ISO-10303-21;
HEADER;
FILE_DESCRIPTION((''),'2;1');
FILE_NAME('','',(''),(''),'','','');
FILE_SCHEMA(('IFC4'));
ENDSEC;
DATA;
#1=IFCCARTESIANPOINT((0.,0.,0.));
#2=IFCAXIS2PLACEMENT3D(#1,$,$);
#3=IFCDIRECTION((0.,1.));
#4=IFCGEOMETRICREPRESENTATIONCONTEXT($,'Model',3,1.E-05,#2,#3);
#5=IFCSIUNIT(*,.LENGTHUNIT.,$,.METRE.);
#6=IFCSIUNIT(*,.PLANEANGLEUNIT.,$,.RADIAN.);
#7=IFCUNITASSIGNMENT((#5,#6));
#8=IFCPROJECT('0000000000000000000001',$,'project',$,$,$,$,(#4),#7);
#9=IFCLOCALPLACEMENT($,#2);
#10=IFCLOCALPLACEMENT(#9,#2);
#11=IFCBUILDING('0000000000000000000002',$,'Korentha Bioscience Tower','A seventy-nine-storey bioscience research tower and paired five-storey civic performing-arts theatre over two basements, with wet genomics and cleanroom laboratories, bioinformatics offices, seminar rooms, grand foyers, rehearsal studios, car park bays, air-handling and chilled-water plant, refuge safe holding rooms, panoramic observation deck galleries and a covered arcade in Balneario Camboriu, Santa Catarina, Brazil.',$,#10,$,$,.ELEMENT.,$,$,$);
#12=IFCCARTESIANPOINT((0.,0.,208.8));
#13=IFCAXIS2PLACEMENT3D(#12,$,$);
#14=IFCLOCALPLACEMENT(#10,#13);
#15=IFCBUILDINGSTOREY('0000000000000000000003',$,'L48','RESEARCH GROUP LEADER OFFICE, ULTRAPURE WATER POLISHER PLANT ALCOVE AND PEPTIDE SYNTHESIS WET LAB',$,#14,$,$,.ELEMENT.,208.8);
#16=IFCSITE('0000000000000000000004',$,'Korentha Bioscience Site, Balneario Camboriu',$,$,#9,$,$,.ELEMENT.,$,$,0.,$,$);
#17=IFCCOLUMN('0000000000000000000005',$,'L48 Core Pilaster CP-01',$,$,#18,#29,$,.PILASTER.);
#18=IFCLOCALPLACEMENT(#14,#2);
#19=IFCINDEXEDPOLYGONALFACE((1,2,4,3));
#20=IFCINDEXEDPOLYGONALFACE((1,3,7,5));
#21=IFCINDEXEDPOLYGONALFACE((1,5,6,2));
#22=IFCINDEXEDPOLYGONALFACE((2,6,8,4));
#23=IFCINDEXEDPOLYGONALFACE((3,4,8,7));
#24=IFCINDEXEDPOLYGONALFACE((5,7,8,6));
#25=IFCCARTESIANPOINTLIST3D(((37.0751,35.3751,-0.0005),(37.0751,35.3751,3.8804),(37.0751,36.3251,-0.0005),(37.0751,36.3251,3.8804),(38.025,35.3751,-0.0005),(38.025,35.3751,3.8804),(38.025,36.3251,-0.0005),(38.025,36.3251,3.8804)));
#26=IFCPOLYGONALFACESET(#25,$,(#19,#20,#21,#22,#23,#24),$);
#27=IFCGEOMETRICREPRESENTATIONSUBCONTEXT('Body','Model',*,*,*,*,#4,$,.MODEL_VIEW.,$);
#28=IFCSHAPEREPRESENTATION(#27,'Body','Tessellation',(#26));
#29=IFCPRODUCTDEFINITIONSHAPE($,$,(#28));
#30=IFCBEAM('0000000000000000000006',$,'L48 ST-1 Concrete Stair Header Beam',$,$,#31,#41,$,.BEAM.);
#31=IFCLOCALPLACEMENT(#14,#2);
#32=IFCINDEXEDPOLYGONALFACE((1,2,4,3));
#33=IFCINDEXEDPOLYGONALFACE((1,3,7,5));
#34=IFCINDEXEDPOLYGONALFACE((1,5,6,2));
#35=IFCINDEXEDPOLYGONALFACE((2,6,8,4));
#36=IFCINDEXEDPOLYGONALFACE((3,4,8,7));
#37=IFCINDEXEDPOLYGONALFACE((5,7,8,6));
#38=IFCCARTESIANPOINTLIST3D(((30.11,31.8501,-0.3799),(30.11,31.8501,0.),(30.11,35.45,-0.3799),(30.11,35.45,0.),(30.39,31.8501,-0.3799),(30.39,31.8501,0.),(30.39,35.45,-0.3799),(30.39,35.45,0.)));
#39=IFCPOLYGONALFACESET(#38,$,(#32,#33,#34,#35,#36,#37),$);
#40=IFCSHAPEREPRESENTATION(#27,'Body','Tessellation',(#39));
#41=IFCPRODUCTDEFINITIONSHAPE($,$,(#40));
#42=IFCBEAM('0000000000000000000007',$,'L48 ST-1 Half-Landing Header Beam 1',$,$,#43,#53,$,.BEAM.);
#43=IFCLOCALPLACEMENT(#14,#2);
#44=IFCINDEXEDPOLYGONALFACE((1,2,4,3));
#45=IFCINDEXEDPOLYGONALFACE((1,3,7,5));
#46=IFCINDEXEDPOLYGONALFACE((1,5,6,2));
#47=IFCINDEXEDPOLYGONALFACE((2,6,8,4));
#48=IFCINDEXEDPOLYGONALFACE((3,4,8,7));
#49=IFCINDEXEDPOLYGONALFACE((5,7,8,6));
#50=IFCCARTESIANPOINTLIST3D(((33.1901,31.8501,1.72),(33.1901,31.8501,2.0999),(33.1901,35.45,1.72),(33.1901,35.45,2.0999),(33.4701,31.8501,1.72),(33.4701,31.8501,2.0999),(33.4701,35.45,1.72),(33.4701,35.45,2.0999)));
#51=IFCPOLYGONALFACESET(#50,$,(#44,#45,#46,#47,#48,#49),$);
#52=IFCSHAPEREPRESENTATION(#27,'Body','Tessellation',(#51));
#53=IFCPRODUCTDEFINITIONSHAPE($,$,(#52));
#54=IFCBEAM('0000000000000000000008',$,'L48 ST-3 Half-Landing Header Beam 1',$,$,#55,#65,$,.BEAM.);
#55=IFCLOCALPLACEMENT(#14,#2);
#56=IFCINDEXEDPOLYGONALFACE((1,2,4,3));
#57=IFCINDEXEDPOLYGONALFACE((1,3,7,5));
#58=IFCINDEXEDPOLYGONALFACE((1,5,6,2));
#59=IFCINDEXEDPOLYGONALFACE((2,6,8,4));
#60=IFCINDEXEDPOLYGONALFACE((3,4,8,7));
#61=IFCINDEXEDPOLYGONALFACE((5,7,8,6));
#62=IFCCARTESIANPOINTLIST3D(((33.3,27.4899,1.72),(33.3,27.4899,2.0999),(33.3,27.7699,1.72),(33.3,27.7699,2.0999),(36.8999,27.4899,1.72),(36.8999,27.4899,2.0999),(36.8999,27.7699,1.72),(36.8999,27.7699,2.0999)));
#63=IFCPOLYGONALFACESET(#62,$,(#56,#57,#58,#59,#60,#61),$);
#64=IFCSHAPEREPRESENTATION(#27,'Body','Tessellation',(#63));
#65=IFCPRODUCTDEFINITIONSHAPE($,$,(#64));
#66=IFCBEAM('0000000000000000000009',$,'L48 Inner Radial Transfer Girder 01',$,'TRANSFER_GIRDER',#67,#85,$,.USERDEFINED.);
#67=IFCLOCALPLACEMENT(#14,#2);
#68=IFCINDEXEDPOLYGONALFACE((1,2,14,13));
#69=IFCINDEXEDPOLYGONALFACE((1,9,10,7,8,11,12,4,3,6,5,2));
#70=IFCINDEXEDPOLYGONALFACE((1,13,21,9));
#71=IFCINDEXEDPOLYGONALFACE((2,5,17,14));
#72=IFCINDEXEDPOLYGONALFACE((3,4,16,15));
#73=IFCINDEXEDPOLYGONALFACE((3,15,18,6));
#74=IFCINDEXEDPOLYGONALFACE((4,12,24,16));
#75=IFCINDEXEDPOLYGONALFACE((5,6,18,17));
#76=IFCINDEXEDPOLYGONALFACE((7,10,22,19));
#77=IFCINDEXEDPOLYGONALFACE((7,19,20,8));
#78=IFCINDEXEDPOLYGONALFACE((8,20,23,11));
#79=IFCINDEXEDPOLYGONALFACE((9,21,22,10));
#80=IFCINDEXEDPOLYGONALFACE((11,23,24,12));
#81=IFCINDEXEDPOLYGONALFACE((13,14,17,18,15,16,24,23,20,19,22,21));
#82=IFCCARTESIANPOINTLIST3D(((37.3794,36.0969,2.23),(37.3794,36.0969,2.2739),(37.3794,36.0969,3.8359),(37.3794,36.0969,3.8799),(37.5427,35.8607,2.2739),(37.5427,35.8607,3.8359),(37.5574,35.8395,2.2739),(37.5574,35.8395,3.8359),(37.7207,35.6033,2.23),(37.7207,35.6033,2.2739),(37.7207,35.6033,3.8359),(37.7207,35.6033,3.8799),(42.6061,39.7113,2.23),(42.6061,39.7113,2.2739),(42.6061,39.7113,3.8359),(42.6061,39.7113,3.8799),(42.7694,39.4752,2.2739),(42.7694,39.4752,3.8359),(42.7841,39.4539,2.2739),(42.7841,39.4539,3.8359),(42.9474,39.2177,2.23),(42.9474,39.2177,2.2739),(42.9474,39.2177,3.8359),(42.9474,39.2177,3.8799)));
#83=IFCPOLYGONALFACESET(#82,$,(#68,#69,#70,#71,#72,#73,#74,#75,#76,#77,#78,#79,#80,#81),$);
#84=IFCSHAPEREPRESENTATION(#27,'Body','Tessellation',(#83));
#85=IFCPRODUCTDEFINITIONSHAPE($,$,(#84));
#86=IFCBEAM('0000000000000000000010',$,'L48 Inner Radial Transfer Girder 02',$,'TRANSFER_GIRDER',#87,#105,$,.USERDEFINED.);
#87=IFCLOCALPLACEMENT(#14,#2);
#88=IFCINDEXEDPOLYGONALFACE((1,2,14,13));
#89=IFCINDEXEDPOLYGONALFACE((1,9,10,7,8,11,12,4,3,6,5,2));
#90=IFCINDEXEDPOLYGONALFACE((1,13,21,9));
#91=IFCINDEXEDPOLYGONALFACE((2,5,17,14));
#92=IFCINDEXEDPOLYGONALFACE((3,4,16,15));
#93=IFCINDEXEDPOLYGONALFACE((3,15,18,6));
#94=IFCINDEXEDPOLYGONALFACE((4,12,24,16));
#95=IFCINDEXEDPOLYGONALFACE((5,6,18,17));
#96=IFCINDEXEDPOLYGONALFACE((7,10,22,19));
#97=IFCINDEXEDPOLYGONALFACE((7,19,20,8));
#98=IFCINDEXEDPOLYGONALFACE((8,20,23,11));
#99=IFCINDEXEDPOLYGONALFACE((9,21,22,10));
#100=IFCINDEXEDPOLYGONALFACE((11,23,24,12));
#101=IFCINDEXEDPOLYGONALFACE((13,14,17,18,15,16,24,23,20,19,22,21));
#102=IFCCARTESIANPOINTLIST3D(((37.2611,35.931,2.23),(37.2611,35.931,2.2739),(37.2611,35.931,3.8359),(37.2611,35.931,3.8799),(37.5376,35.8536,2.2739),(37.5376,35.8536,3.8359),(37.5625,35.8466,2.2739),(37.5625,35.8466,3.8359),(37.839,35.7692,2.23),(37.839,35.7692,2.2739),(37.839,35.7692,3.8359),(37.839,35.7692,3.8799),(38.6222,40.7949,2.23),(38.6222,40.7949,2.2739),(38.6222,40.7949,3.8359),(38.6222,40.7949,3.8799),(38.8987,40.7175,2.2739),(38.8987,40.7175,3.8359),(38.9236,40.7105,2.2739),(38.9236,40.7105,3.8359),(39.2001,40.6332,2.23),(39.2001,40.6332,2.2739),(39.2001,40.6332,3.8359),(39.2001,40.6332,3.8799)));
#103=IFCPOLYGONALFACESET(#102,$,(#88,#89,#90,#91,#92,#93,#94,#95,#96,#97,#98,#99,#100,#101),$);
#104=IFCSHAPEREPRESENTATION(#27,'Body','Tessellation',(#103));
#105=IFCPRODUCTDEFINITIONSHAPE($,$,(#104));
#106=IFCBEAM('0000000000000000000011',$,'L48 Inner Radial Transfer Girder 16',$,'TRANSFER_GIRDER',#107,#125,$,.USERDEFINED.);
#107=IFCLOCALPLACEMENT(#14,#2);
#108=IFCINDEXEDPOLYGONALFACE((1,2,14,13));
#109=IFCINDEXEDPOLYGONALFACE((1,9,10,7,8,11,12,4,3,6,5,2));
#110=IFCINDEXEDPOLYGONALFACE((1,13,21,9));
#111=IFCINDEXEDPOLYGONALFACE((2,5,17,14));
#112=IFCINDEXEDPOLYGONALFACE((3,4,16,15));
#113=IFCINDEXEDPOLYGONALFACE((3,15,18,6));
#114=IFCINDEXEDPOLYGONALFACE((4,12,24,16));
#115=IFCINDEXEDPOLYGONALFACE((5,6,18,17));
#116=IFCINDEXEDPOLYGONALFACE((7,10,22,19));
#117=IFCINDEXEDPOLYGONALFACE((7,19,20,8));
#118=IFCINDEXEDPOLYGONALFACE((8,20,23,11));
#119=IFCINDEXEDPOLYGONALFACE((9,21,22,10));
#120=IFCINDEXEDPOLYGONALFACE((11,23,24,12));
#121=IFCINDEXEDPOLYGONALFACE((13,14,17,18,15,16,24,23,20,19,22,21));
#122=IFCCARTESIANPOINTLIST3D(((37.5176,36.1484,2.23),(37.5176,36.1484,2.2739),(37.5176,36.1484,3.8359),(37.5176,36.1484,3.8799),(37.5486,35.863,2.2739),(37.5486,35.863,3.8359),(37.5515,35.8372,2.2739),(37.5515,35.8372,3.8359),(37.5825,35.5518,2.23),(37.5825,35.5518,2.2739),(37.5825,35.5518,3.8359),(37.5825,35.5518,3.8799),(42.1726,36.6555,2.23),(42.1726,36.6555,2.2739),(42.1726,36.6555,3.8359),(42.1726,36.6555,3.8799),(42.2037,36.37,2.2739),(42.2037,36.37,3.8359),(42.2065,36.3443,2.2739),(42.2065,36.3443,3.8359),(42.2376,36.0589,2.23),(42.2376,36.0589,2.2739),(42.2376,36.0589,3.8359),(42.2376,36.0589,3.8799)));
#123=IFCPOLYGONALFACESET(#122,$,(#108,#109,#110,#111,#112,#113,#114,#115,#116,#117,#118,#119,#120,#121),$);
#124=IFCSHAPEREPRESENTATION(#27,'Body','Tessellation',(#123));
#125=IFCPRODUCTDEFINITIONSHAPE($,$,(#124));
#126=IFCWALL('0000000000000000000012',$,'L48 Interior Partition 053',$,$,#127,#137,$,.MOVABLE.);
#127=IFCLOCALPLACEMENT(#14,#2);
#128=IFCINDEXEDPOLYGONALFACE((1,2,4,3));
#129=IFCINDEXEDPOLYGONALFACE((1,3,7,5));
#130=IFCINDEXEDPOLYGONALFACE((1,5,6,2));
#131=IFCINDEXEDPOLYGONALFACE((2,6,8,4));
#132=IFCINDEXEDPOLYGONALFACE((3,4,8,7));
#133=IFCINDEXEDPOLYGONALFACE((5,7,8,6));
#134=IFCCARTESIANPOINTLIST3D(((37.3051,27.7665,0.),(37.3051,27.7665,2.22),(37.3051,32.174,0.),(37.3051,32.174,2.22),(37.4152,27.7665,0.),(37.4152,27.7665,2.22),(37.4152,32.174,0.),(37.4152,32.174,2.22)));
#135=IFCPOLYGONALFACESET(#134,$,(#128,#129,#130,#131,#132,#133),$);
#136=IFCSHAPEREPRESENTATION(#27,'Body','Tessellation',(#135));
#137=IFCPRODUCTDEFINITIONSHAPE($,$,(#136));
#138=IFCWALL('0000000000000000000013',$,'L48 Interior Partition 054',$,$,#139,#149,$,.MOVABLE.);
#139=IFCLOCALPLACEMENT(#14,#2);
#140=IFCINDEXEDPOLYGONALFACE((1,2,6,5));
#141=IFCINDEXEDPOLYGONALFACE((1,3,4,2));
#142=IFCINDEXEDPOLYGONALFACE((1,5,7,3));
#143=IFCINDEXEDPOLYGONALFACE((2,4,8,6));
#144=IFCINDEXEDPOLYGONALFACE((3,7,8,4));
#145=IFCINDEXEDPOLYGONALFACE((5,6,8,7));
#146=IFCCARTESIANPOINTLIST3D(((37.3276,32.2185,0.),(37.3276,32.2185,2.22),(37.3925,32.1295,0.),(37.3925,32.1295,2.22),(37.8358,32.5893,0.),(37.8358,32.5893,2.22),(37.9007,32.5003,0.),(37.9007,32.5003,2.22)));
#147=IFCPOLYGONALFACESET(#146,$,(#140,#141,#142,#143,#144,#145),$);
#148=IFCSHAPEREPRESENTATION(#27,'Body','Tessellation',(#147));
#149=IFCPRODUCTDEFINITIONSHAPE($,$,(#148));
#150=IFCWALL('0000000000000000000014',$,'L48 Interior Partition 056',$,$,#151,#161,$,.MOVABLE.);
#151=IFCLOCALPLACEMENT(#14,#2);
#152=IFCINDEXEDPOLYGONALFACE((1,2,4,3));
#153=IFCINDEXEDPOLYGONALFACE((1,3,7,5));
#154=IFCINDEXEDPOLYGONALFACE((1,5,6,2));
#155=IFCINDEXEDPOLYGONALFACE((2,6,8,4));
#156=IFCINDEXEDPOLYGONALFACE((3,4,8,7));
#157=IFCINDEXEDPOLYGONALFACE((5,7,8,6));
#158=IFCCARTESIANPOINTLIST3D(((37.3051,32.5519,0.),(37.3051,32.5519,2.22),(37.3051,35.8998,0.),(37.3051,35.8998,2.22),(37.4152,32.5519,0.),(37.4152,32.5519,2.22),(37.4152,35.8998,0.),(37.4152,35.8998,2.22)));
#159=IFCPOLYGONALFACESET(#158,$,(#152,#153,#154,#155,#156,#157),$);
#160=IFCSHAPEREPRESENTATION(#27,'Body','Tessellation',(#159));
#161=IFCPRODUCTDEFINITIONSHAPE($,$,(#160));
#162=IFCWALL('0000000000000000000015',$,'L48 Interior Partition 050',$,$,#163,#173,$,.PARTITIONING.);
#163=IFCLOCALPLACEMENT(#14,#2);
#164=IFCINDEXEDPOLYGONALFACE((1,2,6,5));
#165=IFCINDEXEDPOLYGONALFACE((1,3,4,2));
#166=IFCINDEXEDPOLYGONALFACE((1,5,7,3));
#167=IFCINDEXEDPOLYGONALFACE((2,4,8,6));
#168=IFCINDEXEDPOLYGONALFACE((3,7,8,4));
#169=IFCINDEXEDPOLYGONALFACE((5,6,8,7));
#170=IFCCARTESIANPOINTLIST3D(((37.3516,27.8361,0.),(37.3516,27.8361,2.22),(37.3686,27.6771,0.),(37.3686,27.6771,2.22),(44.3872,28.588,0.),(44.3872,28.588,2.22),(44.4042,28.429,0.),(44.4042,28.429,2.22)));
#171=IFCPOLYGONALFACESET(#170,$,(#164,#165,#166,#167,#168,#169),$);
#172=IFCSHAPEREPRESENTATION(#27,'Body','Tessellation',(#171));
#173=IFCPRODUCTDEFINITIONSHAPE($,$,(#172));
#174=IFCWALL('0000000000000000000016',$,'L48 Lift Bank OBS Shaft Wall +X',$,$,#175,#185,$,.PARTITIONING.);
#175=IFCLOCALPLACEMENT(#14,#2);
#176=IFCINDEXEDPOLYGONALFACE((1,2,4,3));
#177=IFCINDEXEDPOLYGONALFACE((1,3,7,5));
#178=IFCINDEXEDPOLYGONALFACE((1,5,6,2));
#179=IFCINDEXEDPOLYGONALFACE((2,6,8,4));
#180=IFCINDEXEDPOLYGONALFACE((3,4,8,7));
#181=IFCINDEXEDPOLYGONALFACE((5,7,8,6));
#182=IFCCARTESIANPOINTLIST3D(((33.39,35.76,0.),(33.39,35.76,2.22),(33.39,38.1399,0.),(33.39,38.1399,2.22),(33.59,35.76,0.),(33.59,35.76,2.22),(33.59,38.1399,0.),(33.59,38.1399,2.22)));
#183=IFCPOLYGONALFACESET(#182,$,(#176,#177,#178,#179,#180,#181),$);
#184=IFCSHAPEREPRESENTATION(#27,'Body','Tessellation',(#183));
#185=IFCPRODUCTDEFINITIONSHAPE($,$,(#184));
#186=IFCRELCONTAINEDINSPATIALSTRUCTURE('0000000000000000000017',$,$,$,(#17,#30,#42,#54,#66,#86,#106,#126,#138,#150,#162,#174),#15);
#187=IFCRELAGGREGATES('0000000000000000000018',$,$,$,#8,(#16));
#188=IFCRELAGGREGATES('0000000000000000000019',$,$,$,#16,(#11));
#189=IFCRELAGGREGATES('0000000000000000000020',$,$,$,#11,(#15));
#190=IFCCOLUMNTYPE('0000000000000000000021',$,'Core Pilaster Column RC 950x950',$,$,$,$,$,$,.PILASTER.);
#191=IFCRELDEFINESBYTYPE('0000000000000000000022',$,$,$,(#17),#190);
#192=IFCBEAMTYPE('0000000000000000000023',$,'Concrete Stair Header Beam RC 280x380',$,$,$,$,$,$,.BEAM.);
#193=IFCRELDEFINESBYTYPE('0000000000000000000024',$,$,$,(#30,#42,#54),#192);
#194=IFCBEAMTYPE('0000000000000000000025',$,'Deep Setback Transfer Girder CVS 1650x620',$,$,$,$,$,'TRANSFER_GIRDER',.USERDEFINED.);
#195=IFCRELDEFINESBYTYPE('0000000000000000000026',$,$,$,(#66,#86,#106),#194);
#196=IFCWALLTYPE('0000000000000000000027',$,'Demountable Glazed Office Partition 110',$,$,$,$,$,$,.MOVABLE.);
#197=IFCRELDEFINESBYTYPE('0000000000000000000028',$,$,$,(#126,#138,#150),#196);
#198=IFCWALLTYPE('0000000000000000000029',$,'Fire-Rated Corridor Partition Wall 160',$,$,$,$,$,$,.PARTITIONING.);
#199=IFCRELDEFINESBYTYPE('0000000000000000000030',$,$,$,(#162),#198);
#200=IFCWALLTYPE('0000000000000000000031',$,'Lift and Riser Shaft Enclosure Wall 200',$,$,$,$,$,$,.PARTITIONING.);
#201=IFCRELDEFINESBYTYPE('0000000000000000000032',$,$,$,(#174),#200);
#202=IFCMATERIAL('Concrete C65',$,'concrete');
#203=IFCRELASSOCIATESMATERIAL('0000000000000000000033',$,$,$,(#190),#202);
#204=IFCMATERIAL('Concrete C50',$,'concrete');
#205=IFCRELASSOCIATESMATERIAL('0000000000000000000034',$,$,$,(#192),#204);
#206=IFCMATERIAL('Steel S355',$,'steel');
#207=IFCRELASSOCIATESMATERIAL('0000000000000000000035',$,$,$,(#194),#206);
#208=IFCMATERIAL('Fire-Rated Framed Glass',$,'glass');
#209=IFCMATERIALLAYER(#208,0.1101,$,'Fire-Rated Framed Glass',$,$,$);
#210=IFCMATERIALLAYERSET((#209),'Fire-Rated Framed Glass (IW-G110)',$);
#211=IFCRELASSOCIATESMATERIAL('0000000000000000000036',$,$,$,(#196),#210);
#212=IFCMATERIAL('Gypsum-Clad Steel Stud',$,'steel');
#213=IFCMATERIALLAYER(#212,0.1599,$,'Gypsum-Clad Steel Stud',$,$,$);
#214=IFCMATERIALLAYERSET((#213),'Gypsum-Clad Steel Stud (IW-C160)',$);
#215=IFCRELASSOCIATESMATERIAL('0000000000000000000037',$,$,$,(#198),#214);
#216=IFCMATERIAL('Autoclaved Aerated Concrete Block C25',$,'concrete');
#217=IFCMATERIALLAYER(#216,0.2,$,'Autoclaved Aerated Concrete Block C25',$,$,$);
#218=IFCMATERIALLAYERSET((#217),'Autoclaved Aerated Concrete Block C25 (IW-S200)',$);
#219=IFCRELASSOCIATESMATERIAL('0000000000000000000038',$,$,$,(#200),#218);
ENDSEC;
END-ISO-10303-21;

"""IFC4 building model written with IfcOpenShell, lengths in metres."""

from ifc_helpers import new_model, si_unit, direction, frame, frame_2d, origin, origin_2d, place, context, subcontext, project, spatial, rectangle, i_section, extrude, material, layer, layer_set, material_profile, profile_set, type_object, element, save


model = new_model("IFC4")

# Units and contexts
model_context = context("Model", 3, precision=1e-05, world=origin(), true_north=direction((0.0, 1.0)))
body_context = subcontext(model_context, "Body", "Model", "MODEL_VIEW")
ifc_project = project(units=[si_unit("LENGTHUNIT", "METRE"), si_unit("PLANEANGLEUNIT", "RADIAN")], contexts=[model_context])

# Site, building, storey
site_placement = place(None, origin())
site = spatial("IfcSite", under=ifc_project, at=site_placement, Name="Korentha Bioscience Site, Balneario Camboriu", CompositionType="ELEMENT", RefElevation=0.0)
building_placement = place(site_placement, origin())
building = spatial("IfcBuilding", under=site, at=building_placement, Name="Korentha Bioscience Tower", Description="A seventy-nine-storey bioscience research tower and paired five-storey civic performing-arts theatre over two basements, with wet genomics and cleanroom laboratories, bioinformatics offices, seminar rooms, grand foyers, rehearsal studios, car park bays, air-handling and chilled-water plant, refuge safe holding rooms, panoramic observation deck galleries and a covered arcade in Balneario Camboriu, Santa Catarina, Brazil.", CompositionType="ELEMENT")
storey_placement = place(building_placement, frame((0.0, 0.0, 208.8)))
storey = spatial("IfcBuildingStorey", under=building, at=storey_placement, Name="L48", Description="RESEARCH GROUP LEADER OFFICE, ULTRAPURE WATER POLISHER PLANT ALCOVE AND PEPTIDE SYNTHESIS WET LAB", CompositionType="ELEMENT", Elevation=208.8)

# Column
ifc_material_1 = material(Name="Concrete C65", Category="concrete")
ifc_material_profile_1 = material_profile(ifc_material_1, rectangle(XDim=0.95, YDim=0.95, at=origin_2d()), Name="Concrete C65")
ifc_profile_set_1 = profile_set([ifc_material_profile_1], Name="Concrete C65 (COL-CP09)")
column_type = type_object("IfcColumnType", Name="Core Pilaster Column RC 950x950", PredefinedType="PILASTER", material=ifc_profile_set_1)
column_placement = place(storey_placement, frame((37.55, 35.8501, -0.0005), z_axis=(0.0, 0.0, 1.0), x_axis=(1.0, 0.0, 0.0)))
element("IfcColumn", 1, at=column_placement, inside=storey, type_object=column_type, Name="L48 Core Pilaster CP-01", PredefinedType="PILASTER", context=body_context, shape_type="SweptSolid", body=[
    extrude(rectangle(XDim=0.95, YDim=0.95, at=origin_2d()), origin(), (0.0, 0.0, 1.0), 3.8809),
])

# Beams
ifc_material_2 = material(Name="Concrete C50", Category="concrete")
ifc_material_profile_2 = material_profile(ifc_material_2, rectangle(XDim=0.28, YDim=0.3799, at=origin_2d()), Name="Concrete C50")
ifc_profile_set_2 = profile_set([ifc_material_profile_2], Name="Concrete C50 (ST-HB380)")
beam_type_1 = type_object("IfcBeamType", Name="Concrete Stair Header Beam RC 280x380", PredefinedType="BEAM", material=ifc_profile_set_2)
for number, where, z_axis, x_axis, name in (
    (2, (30.25, 31.8501, -0.1899), (0.0, 1.0, 0.0), (-1.0, 0.0, 0.0), "L48 ST-1 Concrete Stair Header Beam"),
    (3, (33.3301, 31.8501, 1.9099), (0.0, 1.0, 0.0), (-1.0, 0.0, 0.0), "L48 ST-1 Half-Landing Header Beam 1"),
    (4, (36.8999, 27.6299, 1.9099), (-1.0, 0.0, 0.0), (0.0, -1.0, 0.0), "L48 ST-3 Half-Landing Header Beam 1"),
):
    element("IfcBeam", number, at=place(storey_placement, frame(where, z_axis=z_axis, x_axis=x_axis)), inside=storey, type_object=beam_type_1, Name=name, PredefinedType="BEAM", context=body_context, shape_type="SweptSolid", body=[
        extrude(rectangle(XDim=0.28, YDim=0.3799, at=origin_2d()), origin(), (0.0, 0.0, 1.0), 3.5999),
    ])
ifc_material_3 = material(Name="Steel S355", Category="steel")
ifc_material_profile_3 = material_profile(ifc_material_3, i_section(OverallWidth=0.6001, OverallDepth=1.6499, WebThickness=0.0259, FlangeThickness=0.0439, at=origin_2d()), Name="Steel S355")
ifc_profile_set_3 = profile_set([ifc_material_profile_3], Name="Steel S355 (TG-04)")
beam_type_2 = type_object("IfcBeamType", Name="Deep Setback Transfer Girder CVS 1650x620", ElementType="TRANSFER_GIRDER", PredefinedType="USERDEFINED", material=ifc_profile_set_3)
beam_1_placement = place(storey_placement, frame((37.55, 35.8501, 3.0549), z_axis=(0.822491, 0.568778, 0.0), x_axis=(-0.568778, 0.822491, 0.0)))
element("IfcBeam", 5, at=beam_1_placement, inside=storey, type_object=beam_type_2, Name="L48 Inner Radial Transfer Girder 01", ObjectType="TRANSFER_GIRDER", PredefinedType="USERDEFINED", context=body_context, shape_type="SweptSolid", body=[
    extrude(i_section(OverallWidth=0.6001, OverallDepth=1.6499, WebThickness=0.0259, FlangeThickness=0.0439, at=origin_2d()), origin(), (0.0, 0.0, 1.0), 6.3547),
])
beam_2_placement = place(storey_placement, frame((37.55, 35.8501, 3.0549), z_axis=(0.269476, 0.963007, 0.0), x_axis=(-0.963007, 0.269476, 0.0)))
element("IfcBeam", 6, at=beam_2_placement, inside=storey, type_object=beam_type_2, Name="L48 Inner Radial Transfer Girder 02", ObjectType="TRANSFER_GIRDER", PredefinedType="USERDEFINED", context=body_context, shape_type="SweptSolid", body=[
    extrude(i_section(OverallWidth=0.6001, OverallDepth=1.6499, WebThickness=0.0259, FlangeThickness=0.0439, at=origin_2d()), origin(), (0.0, 0.0, 1.0), 5.0508),
])
beam_3_placement = place(storey_placement, frame((37.55, 35.8501, 3.0549), z_axis=(0.994119, 0.108291, 0.0), x_axis=(-0.108291, 0.994119, 0.0)))
element("IfcBeam", 7, at=beam_3_placement, inside=storey, type_object=beam_type_2, Name="L48 Inner Radial Transfer Girder 16", ObjectType="TRANSFER_GIRDER", PredefinedType="USERDEFINED", context=body_context, shape_type="SweptSolid", body=[
    extrude(i_section(OverallWidth=0.6001, OverallDepth=1.6499, WebThickness=0.0259, FlangeThickness=0.0439, at=origin_2d()), origin(), (0.0, 0.0, 1.0), 4.6826),
])

# Walls
ifc_material_4 = material(Name="Fire-Rated Framed Glass", Category="glass")
ifc_layer_1 = layer(ifc_material_4, 0.1101, Name="Fire-Rated Framed Glass")
ifc_layer_set_1 = layer_set([ifc_layer_1], Name="Fire-Rated Framed Glass (IW-G110)")
wall_type_1 = type_object("IfcWallType", Name="Demountable Glazed Office Partition 110", PredefinedType="MOVABLE", material=ifc_layer_set_1)
wall_1_placement = place(storey_placement, frame((37.3601, 27.7666, 0.0), z_axis=(0.0, 0.0, 1.0), x_axis=(0.0, 1.0, 0.0)))
element("IfcWall", 8, at=wall_1_placement, inside=storey, type_object=wall_type_1, Name="L48 Interior Partition 053", PredefinedType="MOVABLE", context=body_context, shape_type="SweptSolid", body=[
    extrude(rectangle(XDim=4.4075, YDim=0.1101, at=frame_2d((2.2036, 0.0))), origin(), (0.0, 0.0, 1.0), 2.22),
])
wall_2_placement = place(storey_placement, frame((37.3601, 32.1741, 0.0), z_axis=(0.0, 0.0, 1.0), x_axis=(0.807846, 0.589394, 0.0)))
element("IfcWall", 9, at=wall_2_placement, inside=storey, type_object=wall_type_1, Name="L48 Interior Partition 054", PredefinedType="MOVABLE", context=body_context, shape_type="SweptSolid", body=[
    extrude(rectangle(XDim=0.6292, YDim=0.1101, at=frame_2d((0.3145, 0.0))), origin(), (0.0, 0.0, 1.0), 2.22),
])
wall_3_placement = place(storey_placement, frame((37.3601, 32.552, 0.0), z_axis=(0.0, 0.0, 1.0), x_axis=(0.0, 1.0, 0.0)))
element("IfcWall", 10, at=wall_3_placement, inside=storey, type_object=wall_type_1, Name="L48 Interior Partition 056", PredefinedType="MOVABLE", context=body_context, shape_type="SweptSolid", body=[
    extrude(rectangle(XDim=3.3479, YDim=0.1101, at=frame_2d((1.6738, 0.0))), origin(), (0.0, 0.0, 1.0), 2.22),
])
ifc_material_5 = material(Name="Gypsum-Clad Steel Stud", Category="steel")
ifc_layer_2 = layer(ifc_material_5, 0.1599, Name="Gypsum-Clad Steel Stud")
ifc_layer_set_2 = layer_set([ifc_layer_2], Name="Gypsum-Clad Steel Stud (IW-C160)")
wall_type_2 = type_object("IfcWallType", Name="Fire-Rated Corridor Partition Wall 160", PredefinedType="PARTITIONING", material=ifc_layer_set_2)
wall_4_placement = place(storey_placement, frame((37.3601, 27.7566, 0.0), z_axis=(0.0, 0.0, 1.0), x_axis=(0.994337, 0.106272, 0.0)))
element("IfcWall", 11, at=wall_4_placement, inside=storey, type_object=wall_type_2, Name="L48 Interior Partition 050", PredefinedType="PARTITIONING", context=body_context, shape_type="SweptSolid", body=[
    extrude(rectangle(XDim=7.0757, YDim=0.1599, at=frame_2d((3.5378, 0.0))), origin(), (0.0, 0.0, 1.0), 2.22),
])
ifc_material_6 = material(Name="Autoclaved Aerated Concrete Block C25", Category="concrete")
ifc_layer_3 = layer(ifc_material_6, 0.2, Name="Autoclaved Aerated Concrete Block C25")
ifc_layer_set_3 = layer_set([ifc_layer_3], Name="Autoclaved Aerated Concrete Block C25 (IW-S200)")
wall_type_3 = type_object("IfcWallType", Name="Lift and Riser Shaft Enclosure Wall 200", PredefinedType="PARTITIONING", material=ifc_layer_set_3)
wall_5_placement = place(storey_placement, frame((33.49, 35.76, 0.0), z_axis=(0.0, 0.0, 1.0), x_axis=(0.0, 1.0, 0.0)))
element("IfcWall", 12, at=wall_5_placement, inside=storey, type_object=wall_type_3, Name="L48 Lift Bank OBS Shaft Wall +X", PredefinedType="PARTITIONING", context=body_context, shape_type="SweptSolid", body=[
    extrude(rectangle(XDim=2.3799, YDim=0.2, at=frame_2d((1.1899, 0.0))), origin(), (0.0, 0.0, 1.0), 2.22),
])

save(model, "model.ifc")
